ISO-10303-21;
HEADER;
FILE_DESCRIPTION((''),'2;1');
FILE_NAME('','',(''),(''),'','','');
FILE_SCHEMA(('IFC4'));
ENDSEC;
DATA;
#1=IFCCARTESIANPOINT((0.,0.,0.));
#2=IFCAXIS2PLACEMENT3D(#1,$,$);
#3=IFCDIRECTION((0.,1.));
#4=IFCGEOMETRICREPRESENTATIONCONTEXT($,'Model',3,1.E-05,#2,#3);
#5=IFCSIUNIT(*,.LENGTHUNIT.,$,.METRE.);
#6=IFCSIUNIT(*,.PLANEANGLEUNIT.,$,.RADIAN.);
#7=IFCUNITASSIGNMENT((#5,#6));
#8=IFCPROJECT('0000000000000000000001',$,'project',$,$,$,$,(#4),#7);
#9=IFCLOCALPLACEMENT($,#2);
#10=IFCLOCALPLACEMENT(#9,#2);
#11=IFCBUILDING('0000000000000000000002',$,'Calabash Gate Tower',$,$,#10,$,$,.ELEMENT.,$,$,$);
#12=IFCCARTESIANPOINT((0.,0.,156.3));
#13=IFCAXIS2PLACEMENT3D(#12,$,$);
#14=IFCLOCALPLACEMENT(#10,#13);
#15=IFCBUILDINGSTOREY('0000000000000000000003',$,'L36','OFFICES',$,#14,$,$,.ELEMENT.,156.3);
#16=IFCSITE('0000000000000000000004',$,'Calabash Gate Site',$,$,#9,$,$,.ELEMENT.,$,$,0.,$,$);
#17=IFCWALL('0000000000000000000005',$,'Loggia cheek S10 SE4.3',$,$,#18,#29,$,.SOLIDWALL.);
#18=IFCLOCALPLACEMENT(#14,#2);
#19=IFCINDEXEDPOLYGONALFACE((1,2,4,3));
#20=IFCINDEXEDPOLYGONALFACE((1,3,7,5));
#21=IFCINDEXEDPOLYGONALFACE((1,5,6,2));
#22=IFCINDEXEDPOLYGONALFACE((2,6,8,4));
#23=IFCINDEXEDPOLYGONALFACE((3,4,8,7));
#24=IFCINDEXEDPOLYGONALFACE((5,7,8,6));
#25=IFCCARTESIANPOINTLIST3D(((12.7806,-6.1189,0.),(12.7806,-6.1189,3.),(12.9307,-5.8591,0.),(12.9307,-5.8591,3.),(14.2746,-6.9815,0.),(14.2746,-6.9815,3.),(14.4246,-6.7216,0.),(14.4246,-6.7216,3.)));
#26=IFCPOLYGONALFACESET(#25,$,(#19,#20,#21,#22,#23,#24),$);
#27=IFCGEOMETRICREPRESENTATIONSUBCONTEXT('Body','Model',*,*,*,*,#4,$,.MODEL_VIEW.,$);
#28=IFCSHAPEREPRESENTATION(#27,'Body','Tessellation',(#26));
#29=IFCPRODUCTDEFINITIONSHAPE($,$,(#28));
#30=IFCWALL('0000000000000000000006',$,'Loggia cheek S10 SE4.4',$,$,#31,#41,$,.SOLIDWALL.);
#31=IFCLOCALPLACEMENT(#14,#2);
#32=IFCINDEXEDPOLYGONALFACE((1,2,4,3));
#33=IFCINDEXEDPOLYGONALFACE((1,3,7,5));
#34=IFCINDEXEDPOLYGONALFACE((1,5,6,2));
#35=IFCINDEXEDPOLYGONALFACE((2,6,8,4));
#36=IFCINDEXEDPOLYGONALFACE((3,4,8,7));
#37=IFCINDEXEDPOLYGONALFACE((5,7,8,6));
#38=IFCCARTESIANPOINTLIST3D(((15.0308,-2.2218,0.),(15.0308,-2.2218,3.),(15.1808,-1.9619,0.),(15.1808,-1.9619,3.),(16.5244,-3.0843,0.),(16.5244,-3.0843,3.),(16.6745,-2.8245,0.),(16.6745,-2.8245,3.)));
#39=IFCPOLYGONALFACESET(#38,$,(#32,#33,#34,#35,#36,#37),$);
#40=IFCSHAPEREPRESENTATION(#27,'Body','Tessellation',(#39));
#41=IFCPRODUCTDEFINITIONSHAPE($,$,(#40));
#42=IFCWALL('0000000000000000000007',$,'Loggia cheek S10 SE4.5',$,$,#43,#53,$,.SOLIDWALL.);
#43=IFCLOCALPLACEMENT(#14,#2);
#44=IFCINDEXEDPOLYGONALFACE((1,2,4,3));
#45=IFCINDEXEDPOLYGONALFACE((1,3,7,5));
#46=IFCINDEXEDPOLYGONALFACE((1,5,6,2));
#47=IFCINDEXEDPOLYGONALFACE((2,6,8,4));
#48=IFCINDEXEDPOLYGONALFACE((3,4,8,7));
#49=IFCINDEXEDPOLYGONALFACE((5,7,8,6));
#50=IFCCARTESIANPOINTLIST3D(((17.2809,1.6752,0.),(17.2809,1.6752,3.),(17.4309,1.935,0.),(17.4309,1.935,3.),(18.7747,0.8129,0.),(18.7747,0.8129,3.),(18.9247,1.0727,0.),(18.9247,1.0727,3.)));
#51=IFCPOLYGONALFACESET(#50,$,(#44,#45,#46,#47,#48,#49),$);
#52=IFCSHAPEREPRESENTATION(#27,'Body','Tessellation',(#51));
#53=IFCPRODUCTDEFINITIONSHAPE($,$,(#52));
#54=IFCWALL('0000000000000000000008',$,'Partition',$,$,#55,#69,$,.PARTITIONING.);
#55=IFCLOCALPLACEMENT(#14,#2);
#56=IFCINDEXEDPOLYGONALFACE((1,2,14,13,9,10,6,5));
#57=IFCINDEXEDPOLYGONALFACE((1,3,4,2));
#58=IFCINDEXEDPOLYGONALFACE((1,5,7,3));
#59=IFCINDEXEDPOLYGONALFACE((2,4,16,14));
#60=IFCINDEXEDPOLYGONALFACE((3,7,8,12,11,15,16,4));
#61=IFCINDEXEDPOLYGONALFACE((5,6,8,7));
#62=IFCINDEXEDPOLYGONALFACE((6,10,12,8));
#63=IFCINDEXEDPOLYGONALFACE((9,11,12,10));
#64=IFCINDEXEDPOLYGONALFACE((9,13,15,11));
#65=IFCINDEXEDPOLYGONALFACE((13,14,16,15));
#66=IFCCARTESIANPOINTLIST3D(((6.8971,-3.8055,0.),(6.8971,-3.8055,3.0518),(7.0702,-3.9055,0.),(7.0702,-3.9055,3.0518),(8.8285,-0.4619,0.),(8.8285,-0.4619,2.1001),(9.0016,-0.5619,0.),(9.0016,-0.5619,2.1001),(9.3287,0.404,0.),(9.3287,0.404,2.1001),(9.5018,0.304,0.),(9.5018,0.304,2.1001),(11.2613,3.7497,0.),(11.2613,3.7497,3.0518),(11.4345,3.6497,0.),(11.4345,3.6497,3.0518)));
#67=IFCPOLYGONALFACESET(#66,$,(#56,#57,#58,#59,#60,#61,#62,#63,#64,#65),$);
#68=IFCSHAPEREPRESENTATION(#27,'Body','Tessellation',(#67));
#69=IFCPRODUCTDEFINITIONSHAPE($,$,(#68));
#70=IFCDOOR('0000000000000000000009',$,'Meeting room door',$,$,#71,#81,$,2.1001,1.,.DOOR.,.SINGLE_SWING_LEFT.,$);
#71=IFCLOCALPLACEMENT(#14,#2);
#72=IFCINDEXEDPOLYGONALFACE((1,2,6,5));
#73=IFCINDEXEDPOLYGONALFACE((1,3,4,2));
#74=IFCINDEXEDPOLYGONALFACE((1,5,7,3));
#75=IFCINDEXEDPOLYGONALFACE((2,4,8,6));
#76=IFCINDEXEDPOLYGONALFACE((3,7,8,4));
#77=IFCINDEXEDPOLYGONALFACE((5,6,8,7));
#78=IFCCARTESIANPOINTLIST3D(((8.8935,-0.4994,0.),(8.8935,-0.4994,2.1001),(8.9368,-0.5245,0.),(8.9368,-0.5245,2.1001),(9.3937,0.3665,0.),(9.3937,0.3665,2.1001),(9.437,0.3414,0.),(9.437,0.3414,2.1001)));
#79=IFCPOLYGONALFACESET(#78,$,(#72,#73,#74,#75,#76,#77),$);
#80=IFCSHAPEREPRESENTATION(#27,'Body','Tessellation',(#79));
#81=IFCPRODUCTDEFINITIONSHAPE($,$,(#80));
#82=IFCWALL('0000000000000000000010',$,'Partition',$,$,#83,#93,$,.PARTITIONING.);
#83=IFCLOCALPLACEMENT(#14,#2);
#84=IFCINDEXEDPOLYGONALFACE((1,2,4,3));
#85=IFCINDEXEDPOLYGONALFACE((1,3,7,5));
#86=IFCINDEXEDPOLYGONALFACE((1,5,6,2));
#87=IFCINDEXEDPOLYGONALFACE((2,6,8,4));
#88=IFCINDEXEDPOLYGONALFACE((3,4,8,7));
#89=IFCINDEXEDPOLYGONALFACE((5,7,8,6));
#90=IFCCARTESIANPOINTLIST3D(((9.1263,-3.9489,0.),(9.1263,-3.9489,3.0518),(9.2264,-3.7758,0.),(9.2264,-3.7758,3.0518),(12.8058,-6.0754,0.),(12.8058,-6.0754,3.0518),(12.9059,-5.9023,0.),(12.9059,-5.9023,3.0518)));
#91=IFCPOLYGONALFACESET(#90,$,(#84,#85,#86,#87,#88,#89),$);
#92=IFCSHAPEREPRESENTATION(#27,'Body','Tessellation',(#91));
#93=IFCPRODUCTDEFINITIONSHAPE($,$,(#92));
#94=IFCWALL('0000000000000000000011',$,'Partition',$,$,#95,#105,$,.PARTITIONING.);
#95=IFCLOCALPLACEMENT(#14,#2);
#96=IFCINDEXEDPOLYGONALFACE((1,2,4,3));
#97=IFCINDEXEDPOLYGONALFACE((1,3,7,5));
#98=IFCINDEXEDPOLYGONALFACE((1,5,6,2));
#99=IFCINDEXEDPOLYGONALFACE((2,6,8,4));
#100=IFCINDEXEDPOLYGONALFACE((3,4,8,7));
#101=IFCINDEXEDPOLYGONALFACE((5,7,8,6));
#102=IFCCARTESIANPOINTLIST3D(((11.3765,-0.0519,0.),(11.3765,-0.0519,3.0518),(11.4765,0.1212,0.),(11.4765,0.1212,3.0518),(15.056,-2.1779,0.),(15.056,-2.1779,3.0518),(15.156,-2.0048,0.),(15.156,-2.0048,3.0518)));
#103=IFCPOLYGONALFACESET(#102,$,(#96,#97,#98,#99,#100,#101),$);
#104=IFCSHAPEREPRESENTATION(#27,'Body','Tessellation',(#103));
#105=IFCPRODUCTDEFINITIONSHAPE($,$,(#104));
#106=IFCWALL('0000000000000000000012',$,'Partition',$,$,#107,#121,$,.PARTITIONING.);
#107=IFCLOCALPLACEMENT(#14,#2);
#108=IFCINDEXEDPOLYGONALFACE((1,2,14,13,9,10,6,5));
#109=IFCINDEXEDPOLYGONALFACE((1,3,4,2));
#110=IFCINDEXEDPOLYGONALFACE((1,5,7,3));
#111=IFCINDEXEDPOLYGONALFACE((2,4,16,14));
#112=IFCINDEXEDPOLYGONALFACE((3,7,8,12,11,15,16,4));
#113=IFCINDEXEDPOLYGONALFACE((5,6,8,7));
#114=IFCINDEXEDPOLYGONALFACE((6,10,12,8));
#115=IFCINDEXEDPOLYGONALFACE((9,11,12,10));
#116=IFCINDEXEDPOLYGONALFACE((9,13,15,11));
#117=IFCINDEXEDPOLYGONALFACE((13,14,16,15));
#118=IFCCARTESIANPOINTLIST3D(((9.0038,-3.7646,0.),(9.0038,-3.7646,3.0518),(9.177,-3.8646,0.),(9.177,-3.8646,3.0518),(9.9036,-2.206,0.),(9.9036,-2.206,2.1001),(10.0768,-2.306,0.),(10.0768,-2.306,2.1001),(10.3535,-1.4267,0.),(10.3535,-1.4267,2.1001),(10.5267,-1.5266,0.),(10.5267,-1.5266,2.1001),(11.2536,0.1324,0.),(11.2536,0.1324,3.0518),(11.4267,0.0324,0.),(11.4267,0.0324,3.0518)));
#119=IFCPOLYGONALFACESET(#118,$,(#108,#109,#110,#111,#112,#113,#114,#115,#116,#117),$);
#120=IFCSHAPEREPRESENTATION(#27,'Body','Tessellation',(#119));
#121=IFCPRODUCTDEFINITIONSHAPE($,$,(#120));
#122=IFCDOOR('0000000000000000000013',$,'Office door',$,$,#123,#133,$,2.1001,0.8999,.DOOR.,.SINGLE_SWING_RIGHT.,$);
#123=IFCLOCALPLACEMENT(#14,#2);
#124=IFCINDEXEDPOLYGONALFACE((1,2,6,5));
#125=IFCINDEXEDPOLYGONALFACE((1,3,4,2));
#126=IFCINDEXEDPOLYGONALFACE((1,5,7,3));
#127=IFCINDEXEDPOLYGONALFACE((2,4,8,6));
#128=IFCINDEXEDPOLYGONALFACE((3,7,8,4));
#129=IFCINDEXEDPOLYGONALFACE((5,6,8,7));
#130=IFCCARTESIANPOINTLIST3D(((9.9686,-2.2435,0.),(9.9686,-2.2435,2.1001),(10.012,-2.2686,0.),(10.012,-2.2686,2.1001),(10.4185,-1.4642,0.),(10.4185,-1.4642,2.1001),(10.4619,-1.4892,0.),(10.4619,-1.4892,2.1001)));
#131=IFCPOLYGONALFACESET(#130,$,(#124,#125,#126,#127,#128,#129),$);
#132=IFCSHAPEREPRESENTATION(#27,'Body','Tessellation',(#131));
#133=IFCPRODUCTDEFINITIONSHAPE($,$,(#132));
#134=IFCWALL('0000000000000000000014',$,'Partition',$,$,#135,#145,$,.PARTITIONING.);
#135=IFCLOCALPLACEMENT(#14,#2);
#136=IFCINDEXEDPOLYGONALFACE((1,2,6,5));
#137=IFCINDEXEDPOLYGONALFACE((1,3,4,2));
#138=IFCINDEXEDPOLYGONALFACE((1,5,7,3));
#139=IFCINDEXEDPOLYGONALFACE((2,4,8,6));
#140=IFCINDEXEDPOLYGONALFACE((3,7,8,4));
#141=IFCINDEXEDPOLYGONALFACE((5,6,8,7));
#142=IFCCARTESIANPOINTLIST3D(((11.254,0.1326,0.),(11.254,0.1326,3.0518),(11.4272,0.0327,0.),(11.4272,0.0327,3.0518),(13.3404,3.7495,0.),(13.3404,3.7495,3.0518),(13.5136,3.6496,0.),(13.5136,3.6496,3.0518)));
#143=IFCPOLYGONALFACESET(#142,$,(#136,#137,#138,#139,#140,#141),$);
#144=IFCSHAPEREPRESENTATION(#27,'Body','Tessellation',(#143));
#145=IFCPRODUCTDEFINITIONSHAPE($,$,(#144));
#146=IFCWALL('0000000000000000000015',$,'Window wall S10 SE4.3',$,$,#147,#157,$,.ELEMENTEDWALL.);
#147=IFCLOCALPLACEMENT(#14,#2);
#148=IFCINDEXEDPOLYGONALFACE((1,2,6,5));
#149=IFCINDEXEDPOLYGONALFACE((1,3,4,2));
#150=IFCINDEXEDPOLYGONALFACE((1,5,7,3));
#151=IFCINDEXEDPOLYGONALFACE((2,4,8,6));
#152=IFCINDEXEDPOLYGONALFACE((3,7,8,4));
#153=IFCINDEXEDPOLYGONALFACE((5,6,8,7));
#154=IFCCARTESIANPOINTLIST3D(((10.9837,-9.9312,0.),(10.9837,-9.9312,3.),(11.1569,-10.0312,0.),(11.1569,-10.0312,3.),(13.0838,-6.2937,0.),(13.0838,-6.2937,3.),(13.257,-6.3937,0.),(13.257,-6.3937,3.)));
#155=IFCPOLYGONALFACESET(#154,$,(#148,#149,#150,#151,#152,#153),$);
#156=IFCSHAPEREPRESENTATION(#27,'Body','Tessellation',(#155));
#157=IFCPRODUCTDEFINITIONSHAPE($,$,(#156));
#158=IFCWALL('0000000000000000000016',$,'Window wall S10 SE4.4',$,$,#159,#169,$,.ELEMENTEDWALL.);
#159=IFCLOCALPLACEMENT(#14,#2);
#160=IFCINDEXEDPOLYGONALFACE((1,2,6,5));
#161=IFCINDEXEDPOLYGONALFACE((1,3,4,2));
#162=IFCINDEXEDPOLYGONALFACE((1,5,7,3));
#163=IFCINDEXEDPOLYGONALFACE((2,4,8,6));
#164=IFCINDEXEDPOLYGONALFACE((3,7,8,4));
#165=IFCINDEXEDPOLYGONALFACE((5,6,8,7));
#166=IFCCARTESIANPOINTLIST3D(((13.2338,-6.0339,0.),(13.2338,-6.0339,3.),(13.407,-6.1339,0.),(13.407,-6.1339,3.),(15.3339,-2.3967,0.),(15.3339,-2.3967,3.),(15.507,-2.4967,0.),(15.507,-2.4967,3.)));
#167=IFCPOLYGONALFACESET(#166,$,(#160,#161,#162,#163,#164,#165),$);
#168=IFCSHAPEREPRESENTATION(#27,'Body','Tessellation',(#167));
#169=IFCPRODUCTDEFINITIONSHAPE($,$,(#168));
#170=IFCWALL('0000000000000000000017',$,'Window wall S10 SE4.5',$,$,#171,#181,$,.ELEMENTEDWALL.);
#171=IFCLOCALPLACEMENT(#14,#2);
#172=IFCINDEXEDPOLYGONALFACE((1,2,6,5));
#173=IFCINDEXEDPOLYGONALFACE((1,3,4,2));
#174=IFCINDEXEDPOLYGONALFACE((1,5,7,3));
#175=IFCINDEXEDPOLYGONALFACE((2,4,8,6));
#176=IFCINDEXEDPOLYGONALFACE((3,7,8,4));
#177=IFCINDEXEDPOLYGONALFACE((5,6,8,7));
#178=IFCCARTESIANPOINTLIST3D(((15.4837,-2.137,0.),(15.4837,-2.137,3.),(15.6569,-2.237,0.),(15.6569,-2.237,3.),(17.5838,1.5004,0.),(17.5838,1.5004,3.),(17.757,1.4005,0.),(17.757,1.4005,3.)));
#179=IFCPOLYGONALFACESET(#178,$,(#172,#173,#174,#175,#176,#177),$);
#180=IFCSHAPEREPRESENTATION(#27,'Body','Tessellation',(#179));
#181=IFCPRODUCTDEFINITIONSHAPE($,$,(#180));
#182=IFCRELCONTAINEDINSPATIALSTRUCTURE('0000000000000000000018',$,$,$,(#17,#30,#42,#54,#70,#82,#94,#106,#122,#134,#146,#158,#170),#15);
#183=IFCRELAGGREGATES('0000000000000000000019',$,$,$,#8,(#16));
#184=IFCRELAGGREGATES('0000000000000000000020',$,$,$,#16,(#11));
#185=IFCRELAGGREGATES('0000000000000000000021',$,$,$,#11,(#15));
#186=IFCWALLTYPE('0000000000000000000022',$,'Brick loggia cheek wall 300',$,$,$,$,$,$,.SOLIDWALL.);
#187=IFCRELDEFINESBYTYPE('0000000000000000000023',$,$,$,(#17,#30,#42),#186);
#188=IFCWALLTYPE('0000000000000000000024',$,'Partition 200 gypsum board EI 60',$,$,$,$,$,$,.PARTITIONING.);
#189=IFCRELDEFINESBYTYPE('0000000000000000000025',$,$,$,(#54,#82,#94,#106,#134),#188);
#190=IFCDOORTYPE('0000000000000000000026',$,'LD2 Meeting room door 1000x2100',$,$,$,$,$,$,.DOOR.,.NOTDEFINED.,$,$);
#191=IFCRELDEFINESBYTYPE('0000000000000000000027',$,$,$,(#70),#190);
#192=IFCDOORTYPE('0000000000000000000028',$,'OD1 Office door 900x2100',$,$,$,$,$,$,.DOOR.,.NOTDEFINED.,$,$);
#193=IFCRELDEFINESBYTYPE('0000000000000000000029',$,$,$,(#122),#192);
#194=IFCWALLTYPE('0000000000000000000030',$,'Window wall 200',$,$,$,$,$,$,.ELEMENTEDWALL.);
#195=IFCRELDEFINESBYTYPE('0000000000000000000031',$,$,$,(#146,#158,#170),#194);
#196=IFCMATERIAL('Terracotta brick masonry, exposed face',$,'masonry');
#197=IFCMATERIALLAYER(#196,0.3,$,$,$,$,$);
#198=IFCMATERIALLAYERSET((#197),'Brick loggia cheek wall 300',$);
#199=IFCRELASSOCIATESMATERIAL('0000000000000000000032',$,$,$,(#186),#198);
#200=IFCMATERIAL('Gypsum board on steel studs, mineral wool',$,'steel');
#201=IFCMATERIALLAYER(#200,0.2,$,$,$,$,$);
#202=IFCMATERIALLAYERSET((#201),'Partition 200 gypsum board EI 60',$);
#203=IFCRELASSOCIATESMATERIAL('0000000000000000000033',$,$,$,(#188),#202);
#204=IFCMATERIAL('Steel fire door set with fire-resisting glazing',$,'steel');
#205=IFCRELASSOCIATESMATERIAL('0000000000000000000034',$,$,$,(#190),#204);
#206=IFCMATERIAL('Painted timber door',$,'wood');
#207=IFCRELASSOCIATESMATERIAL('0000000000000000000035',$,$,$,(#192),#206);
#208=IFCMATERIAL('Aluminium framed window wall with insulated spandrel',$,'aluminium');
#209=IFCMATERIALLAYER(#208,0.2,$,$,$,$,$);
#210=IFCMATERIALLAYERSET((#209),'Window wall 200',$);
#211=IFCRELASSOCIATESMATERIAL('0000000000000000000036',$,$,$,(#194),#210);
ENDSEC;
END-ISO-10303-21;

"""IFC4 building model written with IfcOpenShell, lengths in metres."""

from ifc_helpers import new_model, si_unit, direction, frame, frame_2d, origin, place, context, subcontext, project, spatial, rectangle, extrude, material, layer, layer_set, type_object, element, fill, save


model = new_model("IFC4")

# Units and contexts
model_context = context("Model", 3, precision=1e-05, world=origin(), true_north=direction((0.0, 1.0)))
body_context = subcontext(model_context, "Body", "Model", "MODEL_VIEW")
ifc_project = project(units=[si_unit("LENGTHUNIT", "METRE"), si_unit("PLANEANGLEUNIT", "RADIAN")], contexts=[model_context])

# Site, building, storey
site_placement = place(None, origin())
site = spatial("IfcSite", under=ifc_project, at=site_placement, Name="Calabash Gate Site", CompositionType="ELEMENT", RefElevation=0.0)
building_placement = place(site_placement, origin())
building = spatial("IfcBuilding", under=site, at=building_placement, Name="Calabash Gate Tower", CompositionType="ELEMENT")
storey_placement = place(building_placement, frame((0.0, 0.0, 156.3)))
storey = spatial("IfcBuildingStorey", under=building, at=storey_placement, Name="L36", Description="OFFICES", CompositionType="ELEMENT", Elevation=156.3)

# Walls
ifc_material_1 = material(Name="Terracotta brick masonry, exposed face", Category="masonry")
ifc_layer_1 = layer(ifc_material_1, 0.3)
ifc_layer_set_1 = layer_set([ifc_layer_1], Name="Brick loggia cheek wall 300")
wall_type_1 = type_object("IfcWallType", Name="Brick loggia cheek wall 300", PredefinedType="SOLIDWALL", material=ifc_layer_set_1)
wall_1_placement = place(storey_placement, frame((14.3496, -6.8516, 0.0), z_axis=(0.0, 0.0, 1.0), x_axis=(-0.866014, 0.500021, 0.0)))
element("IfcWall", 1, at=wall_1_placement, inside=storey, type_object=wall_type_1, Name="Loggia cheek S10 SE4.3", PredefinedType="SOLIDWALL", context=body_context, shape_type="SweptSolid", body=[
    extrude(rectangle(XDim=1.7251, YDim=0.3, at=frame_2d((0.8625, 0.0))), origin(), (0.0, 0.0, 1.0), 3.0),
])
for number, where, z_axis, x_axis, name in (
    (2, (16.5994, -2.9543, 0.0), (0.0, 0.0, 1.0), (-0.865978, 0.500082, 0.0), "Loggia cheek S10 SE4.4"),
    (3, (18.8496, 0.9429, 0.0), (0.0, 0.0, 1.0), (-0.866075, 0.499914, 0.0), "Loggia cheek S10 SE4.5"),
):
    element("IfcWall", number, at=place(storey_placement, frame(where, z_axis=z_axis, x_axis=x_axis)), inside=storey, type_object=wall_type_1, Name=name, PredefinedType="SOLIDWALL", context=body_context, shape_type="SweptSolid", body=[
        extrude(rectangle(XDim=1.7249, YDim=0.3, at=frame_2d((0.8623, 0.0))), origin(), (0.0, 0.0, 1.0), 3.0),
    ])

# Wall, opening, door
ifc_material_2 = material(Name="Gypsum board on steel studs, mineral wool", Category="steel")
ifc_layer_2 = layer(ifc_material_2, 0.2)
ifc_layer_set_2 = layer_set([ifc_layer_2], Name="Partition 200 gypsum board EI 60")
wall_type_2 = type_object("IfcWallType", Name="Partition 200 gypsum board EI 60", PredefinedType="PARTITIONING", material=ifc_layer_set_2)
wall_2_placement = place(storey_placement, frame((6.9836, -3.8555, 0.0), z_axis=(0.0, 0.0, 1.0), x_axis=(0.500196, 0.865912, 0.0)))
wall_2 = element("IfcWall", 4, at=wall_2_placement, inside=storey, type_object=wall_type_2, Name="Partition", PredefinedType="PARTITIONING", context=body_context, shape_type="SweptSolid", body=[
    extrude(rectangle(XDim=8.7251, YDim=0.2, at=frame_2d((4.3625, 0.0))), origin(), (0.0, 0.0, 1.0), 3.0518),
])
opening_1_placement = place(wall_2_placement, frame((3.8613, 0.0, 0.0)))
opening_1 = element("IfcOpeningElement", 5, at=opening_1_placement, cuts=wall_2, PredefinedType="OPENING", context=body_context, shape_type="SweptSolid", body=[
    extrude(rectangle(XDim=1.0, YDim=2.1001, at=frame_2d((0.5, 1.05))), frame((0.0, 0.1099, 0.0), z_axis=(0.0, -1.0, 0.0), x_axis=(1.0, 0.0, 0.0)), (0.0, 0.0, 1.0), 0.22),
])
ifc_material_3 = material(Name="Steel fire door set with fire-resisting glazing", Category="steel")
door_type_1 = type_object("IfcDoorType", Name="LD2 Meeting room door 1000x2100", OperationType="NOTDEFINED", PredefinedType="DOOR", material=ifc_material_3)
door_1_placement = place(opening_1_placement, origin())
door_1 = element("IfcDoor", 6, at=door_1_placement, inside=storey, type_object=door_type_1, Name="Meeting room door", OperationType="SINGLE_SWING_LEFT", OverallHeight=2.1001, OverallWidth=1.0, PredefinedType="DOOR", context=body_context, shape_type="SweptSolid", body=[
    extrude(rectangle(XDim=1.0, YDim=2.1001, at=frame_2d((0.5, 1.05))), frame((0.0, 0.0249, 0.0), z_axis=(0.0, -1.0, 0.0), x_axis=(1.0, 0.0, 0.0)), (0.0, 0.0, 1.0), 0.05),
])
fill(opening_1, door_1)

# Walls
wall_3_placement = place(storey_placement, frame((9.1763, -3.8623, 0.0), z_axis=(0.0, 0.0, 1.0), x_axis=(0.865808, -0.500377, 0.0)))
element("IfcWall", 7, at=wall_3_placement, inside=storey, type_object=wall_type_2, Name="Partition", PredefinedType="PARTITIONING", context=body_context, shape_type="SweptSolid", body=[
    extrude(rectangle(XDim=4.2498, YDim=0.2, at=frame_2d((2.125, 0.0))), origin(), (0.0, 0.0, 1.0), 3.0518),
])
wall_4_placement = place(storey_placement, frame((11.4265, 0.0347, 0.0), z_axis=(0.0, 0.0, 1.0), x_axis=(0.865857, -0.500291, 0.0)))
element("IfcWall", 8, at=wall_4_placement, inside=storey, type_object=wall_type_2, Name="Partition", PredefinedType="PARTITIONING", context=body_context, shape_type="SweptSolid", body=[
    extrude(rectangle(XDim=4.2495, YDim=0.2, at=frame_2d((2.1248, 0.0))), origin(), (0.0, 0.0, 1.0), 3.0518),
])

# Wall, opening, door
wall_5_placement = place(storey_placement, frame((9.0903, -3.8147, 0.0), z_axis=(0.0, 0.0, 1.0), x_axis=(0.499973, 0.866041, 0.0)))
wall_5 = element("IfcWall", 9, at=wall_5_placement, inside=storey, type_object=wall_type_2, Name="Partition", PredefinedType="PARTITIONING", context=body_context, shape_type="SweptSolid", body=[
    extrude(rectangle(XDim=4.4998, YDim=0.2, at=frame_2d((2.25, 0.0))), origin(), (0.0, 0.0, 1.0), 3.0518),
])
opening_2_placement = place(wall_5_placement, frame((1.7998, 0.0, 0.0)))
opening_2 = element("IfcOpeningElement", 10, at=opening_2_placement, cuts=wall_5, PredefinedType="OPENING", context=body_context, shape_type="SweptSolid", body=[
    extrude(rectangle(XDim=0.8999, YDim=2.1001, at=frame_2d((0.45, 1.05))), frame((0.0, 0.1099, 0.0), z_axis=(0.0, -1.0, 0.0), x_axis=(1.0, 0.0, 0.0)), (0.0, 0.0, 1.0), 0.22),
])
ifc_material_4 = material(Name="Painted timber door", Category="wood")
door_type_2 = type_object("IfcDoorType", Name="OD1 Office door 900x2100", OperationType="NOTDEFINED", PredefinedType="DOOR", material=ifc_material_4)
door_2_placement = place(opening_2_placement, origin())
door_2 = element("IfcDoor", 11, at=door_2_placement, inside=storey, type_object=door_type_2, Name="Office door", OperationType="SINGLE_SWING_RIGHT", OverallHeight=2.1001, OverallWidth=0.8999, PredefinedType="DOOR", context=body_context, shape_type="SweptSolid", body=[
    extrude(rectangle(XDim=0.8999, YDim=2.1001, at=frame_2d((0.45, 1.05))), frame((0.0, 0.0249, 0.0), z_axis=(0.0, -1.0, 0.0), x_axis=(1.0, 0.0, 0.0)), (0.0, 0.0, 1.0), 0.05),
])
fill(opening_2, door_2)

# Walls
wall_6_placement = place(storey_placement, frame((11.3406, 0.0825, 0.0), z_axis=(0.0, 0.0, 1.0), x_axis=(0.499674, 0.866214, 0.0)))
element("IfcWall", 12, at=wall_6_placement, inside=storey, type_object=wall_type_2, Name="Partition", PredefinedType="PARTITIONING", context=body_context, shape_type="SweptSolid", body=[
    extrude(rectangle(XDim=4.1755, YDim=0.2, at=frame_2d((2.0879, 0.0))), origin(), (0.0, 0.0, 1.0), 3.0518),
])
ifc_material_5 = material(Name="Aluminium framed window wall with insulated spandrel", Category="aluminium")
ifc_layer_3 = layer(ifc_material_5, 0.2)
ifc_layer_set_3 = layer_set([ifc_layer_3], Name="Window wall 200")
wall_type_3 = type_object("IfcWallType", Name="Window wall 200", PredefinedType="ELEMENTEDWALL", material=ifc_layer_set_3)
wall_7_placement = place(storey_placement, frame((11.0703, -9.9812, 0.0), z_axis=(0.0, 0.0, 1.0), x_axis=(0.500003, 0.866024, 0.0)))
element("IfcWall", 13, at=wall_7_placement, inside=storey, type_object=wall_type_3, Name="Window wall S10 SE4.3", PredefinedType="ELEMENTEDWALL", context=body_context, shape_type="SweptSolid", body=[
    extrude(rectangle(XDim=4.2002, YDim=0.2, at=frame_2d((2.1001, 0.0))), origin(), (0.0, 0.0, 1.0), 3.0),
])
wall_8_placement = place(storey_placement, frame((13.3203, -6.084, 0.0), z_axis=(0.0, 0.0, 1.0), x_axis=(0.500028, 0.866009, 0.0)))
element("IfcWall", 14, at=wall_8_placement, inside=storey, type_object=wall_type_3, Name="Window wall S10 SE4.4", PredefinedType="ELEMENTEDWALL", context=body_context, shape_type="SweptSolid", body=[
    extrude(rectangle(XDim=4.2, YDim=0.2, at=frame_2d((2.1001, 0.0))), origin(), (0.0, 0.0, 1.0), 3.0),
])
wall_9_placement = place(storey_placement, frame((15.5703, -2.187, 0.0), z_axis=(0.0, 0.0, 1.0), x_axis=(0.500003, 0.866024, 0.0)))
element("IfcWall", 15, at=wall_9_placement, inside=storey, type_object=wall_type_3, Name="Window wall S10 SE4.5", PredefinedType="ELEMENTEDWALL", context=body_context, shape_type="SweptSolid", body=[
    extrude(rectangle(XDim=4.2002, YDim=0.2, at=frame_2d((2.1001, 0.0))), origin(), (0.0, 0.0, 1.0), 3.0),
])

save(model, "model.ifc")
